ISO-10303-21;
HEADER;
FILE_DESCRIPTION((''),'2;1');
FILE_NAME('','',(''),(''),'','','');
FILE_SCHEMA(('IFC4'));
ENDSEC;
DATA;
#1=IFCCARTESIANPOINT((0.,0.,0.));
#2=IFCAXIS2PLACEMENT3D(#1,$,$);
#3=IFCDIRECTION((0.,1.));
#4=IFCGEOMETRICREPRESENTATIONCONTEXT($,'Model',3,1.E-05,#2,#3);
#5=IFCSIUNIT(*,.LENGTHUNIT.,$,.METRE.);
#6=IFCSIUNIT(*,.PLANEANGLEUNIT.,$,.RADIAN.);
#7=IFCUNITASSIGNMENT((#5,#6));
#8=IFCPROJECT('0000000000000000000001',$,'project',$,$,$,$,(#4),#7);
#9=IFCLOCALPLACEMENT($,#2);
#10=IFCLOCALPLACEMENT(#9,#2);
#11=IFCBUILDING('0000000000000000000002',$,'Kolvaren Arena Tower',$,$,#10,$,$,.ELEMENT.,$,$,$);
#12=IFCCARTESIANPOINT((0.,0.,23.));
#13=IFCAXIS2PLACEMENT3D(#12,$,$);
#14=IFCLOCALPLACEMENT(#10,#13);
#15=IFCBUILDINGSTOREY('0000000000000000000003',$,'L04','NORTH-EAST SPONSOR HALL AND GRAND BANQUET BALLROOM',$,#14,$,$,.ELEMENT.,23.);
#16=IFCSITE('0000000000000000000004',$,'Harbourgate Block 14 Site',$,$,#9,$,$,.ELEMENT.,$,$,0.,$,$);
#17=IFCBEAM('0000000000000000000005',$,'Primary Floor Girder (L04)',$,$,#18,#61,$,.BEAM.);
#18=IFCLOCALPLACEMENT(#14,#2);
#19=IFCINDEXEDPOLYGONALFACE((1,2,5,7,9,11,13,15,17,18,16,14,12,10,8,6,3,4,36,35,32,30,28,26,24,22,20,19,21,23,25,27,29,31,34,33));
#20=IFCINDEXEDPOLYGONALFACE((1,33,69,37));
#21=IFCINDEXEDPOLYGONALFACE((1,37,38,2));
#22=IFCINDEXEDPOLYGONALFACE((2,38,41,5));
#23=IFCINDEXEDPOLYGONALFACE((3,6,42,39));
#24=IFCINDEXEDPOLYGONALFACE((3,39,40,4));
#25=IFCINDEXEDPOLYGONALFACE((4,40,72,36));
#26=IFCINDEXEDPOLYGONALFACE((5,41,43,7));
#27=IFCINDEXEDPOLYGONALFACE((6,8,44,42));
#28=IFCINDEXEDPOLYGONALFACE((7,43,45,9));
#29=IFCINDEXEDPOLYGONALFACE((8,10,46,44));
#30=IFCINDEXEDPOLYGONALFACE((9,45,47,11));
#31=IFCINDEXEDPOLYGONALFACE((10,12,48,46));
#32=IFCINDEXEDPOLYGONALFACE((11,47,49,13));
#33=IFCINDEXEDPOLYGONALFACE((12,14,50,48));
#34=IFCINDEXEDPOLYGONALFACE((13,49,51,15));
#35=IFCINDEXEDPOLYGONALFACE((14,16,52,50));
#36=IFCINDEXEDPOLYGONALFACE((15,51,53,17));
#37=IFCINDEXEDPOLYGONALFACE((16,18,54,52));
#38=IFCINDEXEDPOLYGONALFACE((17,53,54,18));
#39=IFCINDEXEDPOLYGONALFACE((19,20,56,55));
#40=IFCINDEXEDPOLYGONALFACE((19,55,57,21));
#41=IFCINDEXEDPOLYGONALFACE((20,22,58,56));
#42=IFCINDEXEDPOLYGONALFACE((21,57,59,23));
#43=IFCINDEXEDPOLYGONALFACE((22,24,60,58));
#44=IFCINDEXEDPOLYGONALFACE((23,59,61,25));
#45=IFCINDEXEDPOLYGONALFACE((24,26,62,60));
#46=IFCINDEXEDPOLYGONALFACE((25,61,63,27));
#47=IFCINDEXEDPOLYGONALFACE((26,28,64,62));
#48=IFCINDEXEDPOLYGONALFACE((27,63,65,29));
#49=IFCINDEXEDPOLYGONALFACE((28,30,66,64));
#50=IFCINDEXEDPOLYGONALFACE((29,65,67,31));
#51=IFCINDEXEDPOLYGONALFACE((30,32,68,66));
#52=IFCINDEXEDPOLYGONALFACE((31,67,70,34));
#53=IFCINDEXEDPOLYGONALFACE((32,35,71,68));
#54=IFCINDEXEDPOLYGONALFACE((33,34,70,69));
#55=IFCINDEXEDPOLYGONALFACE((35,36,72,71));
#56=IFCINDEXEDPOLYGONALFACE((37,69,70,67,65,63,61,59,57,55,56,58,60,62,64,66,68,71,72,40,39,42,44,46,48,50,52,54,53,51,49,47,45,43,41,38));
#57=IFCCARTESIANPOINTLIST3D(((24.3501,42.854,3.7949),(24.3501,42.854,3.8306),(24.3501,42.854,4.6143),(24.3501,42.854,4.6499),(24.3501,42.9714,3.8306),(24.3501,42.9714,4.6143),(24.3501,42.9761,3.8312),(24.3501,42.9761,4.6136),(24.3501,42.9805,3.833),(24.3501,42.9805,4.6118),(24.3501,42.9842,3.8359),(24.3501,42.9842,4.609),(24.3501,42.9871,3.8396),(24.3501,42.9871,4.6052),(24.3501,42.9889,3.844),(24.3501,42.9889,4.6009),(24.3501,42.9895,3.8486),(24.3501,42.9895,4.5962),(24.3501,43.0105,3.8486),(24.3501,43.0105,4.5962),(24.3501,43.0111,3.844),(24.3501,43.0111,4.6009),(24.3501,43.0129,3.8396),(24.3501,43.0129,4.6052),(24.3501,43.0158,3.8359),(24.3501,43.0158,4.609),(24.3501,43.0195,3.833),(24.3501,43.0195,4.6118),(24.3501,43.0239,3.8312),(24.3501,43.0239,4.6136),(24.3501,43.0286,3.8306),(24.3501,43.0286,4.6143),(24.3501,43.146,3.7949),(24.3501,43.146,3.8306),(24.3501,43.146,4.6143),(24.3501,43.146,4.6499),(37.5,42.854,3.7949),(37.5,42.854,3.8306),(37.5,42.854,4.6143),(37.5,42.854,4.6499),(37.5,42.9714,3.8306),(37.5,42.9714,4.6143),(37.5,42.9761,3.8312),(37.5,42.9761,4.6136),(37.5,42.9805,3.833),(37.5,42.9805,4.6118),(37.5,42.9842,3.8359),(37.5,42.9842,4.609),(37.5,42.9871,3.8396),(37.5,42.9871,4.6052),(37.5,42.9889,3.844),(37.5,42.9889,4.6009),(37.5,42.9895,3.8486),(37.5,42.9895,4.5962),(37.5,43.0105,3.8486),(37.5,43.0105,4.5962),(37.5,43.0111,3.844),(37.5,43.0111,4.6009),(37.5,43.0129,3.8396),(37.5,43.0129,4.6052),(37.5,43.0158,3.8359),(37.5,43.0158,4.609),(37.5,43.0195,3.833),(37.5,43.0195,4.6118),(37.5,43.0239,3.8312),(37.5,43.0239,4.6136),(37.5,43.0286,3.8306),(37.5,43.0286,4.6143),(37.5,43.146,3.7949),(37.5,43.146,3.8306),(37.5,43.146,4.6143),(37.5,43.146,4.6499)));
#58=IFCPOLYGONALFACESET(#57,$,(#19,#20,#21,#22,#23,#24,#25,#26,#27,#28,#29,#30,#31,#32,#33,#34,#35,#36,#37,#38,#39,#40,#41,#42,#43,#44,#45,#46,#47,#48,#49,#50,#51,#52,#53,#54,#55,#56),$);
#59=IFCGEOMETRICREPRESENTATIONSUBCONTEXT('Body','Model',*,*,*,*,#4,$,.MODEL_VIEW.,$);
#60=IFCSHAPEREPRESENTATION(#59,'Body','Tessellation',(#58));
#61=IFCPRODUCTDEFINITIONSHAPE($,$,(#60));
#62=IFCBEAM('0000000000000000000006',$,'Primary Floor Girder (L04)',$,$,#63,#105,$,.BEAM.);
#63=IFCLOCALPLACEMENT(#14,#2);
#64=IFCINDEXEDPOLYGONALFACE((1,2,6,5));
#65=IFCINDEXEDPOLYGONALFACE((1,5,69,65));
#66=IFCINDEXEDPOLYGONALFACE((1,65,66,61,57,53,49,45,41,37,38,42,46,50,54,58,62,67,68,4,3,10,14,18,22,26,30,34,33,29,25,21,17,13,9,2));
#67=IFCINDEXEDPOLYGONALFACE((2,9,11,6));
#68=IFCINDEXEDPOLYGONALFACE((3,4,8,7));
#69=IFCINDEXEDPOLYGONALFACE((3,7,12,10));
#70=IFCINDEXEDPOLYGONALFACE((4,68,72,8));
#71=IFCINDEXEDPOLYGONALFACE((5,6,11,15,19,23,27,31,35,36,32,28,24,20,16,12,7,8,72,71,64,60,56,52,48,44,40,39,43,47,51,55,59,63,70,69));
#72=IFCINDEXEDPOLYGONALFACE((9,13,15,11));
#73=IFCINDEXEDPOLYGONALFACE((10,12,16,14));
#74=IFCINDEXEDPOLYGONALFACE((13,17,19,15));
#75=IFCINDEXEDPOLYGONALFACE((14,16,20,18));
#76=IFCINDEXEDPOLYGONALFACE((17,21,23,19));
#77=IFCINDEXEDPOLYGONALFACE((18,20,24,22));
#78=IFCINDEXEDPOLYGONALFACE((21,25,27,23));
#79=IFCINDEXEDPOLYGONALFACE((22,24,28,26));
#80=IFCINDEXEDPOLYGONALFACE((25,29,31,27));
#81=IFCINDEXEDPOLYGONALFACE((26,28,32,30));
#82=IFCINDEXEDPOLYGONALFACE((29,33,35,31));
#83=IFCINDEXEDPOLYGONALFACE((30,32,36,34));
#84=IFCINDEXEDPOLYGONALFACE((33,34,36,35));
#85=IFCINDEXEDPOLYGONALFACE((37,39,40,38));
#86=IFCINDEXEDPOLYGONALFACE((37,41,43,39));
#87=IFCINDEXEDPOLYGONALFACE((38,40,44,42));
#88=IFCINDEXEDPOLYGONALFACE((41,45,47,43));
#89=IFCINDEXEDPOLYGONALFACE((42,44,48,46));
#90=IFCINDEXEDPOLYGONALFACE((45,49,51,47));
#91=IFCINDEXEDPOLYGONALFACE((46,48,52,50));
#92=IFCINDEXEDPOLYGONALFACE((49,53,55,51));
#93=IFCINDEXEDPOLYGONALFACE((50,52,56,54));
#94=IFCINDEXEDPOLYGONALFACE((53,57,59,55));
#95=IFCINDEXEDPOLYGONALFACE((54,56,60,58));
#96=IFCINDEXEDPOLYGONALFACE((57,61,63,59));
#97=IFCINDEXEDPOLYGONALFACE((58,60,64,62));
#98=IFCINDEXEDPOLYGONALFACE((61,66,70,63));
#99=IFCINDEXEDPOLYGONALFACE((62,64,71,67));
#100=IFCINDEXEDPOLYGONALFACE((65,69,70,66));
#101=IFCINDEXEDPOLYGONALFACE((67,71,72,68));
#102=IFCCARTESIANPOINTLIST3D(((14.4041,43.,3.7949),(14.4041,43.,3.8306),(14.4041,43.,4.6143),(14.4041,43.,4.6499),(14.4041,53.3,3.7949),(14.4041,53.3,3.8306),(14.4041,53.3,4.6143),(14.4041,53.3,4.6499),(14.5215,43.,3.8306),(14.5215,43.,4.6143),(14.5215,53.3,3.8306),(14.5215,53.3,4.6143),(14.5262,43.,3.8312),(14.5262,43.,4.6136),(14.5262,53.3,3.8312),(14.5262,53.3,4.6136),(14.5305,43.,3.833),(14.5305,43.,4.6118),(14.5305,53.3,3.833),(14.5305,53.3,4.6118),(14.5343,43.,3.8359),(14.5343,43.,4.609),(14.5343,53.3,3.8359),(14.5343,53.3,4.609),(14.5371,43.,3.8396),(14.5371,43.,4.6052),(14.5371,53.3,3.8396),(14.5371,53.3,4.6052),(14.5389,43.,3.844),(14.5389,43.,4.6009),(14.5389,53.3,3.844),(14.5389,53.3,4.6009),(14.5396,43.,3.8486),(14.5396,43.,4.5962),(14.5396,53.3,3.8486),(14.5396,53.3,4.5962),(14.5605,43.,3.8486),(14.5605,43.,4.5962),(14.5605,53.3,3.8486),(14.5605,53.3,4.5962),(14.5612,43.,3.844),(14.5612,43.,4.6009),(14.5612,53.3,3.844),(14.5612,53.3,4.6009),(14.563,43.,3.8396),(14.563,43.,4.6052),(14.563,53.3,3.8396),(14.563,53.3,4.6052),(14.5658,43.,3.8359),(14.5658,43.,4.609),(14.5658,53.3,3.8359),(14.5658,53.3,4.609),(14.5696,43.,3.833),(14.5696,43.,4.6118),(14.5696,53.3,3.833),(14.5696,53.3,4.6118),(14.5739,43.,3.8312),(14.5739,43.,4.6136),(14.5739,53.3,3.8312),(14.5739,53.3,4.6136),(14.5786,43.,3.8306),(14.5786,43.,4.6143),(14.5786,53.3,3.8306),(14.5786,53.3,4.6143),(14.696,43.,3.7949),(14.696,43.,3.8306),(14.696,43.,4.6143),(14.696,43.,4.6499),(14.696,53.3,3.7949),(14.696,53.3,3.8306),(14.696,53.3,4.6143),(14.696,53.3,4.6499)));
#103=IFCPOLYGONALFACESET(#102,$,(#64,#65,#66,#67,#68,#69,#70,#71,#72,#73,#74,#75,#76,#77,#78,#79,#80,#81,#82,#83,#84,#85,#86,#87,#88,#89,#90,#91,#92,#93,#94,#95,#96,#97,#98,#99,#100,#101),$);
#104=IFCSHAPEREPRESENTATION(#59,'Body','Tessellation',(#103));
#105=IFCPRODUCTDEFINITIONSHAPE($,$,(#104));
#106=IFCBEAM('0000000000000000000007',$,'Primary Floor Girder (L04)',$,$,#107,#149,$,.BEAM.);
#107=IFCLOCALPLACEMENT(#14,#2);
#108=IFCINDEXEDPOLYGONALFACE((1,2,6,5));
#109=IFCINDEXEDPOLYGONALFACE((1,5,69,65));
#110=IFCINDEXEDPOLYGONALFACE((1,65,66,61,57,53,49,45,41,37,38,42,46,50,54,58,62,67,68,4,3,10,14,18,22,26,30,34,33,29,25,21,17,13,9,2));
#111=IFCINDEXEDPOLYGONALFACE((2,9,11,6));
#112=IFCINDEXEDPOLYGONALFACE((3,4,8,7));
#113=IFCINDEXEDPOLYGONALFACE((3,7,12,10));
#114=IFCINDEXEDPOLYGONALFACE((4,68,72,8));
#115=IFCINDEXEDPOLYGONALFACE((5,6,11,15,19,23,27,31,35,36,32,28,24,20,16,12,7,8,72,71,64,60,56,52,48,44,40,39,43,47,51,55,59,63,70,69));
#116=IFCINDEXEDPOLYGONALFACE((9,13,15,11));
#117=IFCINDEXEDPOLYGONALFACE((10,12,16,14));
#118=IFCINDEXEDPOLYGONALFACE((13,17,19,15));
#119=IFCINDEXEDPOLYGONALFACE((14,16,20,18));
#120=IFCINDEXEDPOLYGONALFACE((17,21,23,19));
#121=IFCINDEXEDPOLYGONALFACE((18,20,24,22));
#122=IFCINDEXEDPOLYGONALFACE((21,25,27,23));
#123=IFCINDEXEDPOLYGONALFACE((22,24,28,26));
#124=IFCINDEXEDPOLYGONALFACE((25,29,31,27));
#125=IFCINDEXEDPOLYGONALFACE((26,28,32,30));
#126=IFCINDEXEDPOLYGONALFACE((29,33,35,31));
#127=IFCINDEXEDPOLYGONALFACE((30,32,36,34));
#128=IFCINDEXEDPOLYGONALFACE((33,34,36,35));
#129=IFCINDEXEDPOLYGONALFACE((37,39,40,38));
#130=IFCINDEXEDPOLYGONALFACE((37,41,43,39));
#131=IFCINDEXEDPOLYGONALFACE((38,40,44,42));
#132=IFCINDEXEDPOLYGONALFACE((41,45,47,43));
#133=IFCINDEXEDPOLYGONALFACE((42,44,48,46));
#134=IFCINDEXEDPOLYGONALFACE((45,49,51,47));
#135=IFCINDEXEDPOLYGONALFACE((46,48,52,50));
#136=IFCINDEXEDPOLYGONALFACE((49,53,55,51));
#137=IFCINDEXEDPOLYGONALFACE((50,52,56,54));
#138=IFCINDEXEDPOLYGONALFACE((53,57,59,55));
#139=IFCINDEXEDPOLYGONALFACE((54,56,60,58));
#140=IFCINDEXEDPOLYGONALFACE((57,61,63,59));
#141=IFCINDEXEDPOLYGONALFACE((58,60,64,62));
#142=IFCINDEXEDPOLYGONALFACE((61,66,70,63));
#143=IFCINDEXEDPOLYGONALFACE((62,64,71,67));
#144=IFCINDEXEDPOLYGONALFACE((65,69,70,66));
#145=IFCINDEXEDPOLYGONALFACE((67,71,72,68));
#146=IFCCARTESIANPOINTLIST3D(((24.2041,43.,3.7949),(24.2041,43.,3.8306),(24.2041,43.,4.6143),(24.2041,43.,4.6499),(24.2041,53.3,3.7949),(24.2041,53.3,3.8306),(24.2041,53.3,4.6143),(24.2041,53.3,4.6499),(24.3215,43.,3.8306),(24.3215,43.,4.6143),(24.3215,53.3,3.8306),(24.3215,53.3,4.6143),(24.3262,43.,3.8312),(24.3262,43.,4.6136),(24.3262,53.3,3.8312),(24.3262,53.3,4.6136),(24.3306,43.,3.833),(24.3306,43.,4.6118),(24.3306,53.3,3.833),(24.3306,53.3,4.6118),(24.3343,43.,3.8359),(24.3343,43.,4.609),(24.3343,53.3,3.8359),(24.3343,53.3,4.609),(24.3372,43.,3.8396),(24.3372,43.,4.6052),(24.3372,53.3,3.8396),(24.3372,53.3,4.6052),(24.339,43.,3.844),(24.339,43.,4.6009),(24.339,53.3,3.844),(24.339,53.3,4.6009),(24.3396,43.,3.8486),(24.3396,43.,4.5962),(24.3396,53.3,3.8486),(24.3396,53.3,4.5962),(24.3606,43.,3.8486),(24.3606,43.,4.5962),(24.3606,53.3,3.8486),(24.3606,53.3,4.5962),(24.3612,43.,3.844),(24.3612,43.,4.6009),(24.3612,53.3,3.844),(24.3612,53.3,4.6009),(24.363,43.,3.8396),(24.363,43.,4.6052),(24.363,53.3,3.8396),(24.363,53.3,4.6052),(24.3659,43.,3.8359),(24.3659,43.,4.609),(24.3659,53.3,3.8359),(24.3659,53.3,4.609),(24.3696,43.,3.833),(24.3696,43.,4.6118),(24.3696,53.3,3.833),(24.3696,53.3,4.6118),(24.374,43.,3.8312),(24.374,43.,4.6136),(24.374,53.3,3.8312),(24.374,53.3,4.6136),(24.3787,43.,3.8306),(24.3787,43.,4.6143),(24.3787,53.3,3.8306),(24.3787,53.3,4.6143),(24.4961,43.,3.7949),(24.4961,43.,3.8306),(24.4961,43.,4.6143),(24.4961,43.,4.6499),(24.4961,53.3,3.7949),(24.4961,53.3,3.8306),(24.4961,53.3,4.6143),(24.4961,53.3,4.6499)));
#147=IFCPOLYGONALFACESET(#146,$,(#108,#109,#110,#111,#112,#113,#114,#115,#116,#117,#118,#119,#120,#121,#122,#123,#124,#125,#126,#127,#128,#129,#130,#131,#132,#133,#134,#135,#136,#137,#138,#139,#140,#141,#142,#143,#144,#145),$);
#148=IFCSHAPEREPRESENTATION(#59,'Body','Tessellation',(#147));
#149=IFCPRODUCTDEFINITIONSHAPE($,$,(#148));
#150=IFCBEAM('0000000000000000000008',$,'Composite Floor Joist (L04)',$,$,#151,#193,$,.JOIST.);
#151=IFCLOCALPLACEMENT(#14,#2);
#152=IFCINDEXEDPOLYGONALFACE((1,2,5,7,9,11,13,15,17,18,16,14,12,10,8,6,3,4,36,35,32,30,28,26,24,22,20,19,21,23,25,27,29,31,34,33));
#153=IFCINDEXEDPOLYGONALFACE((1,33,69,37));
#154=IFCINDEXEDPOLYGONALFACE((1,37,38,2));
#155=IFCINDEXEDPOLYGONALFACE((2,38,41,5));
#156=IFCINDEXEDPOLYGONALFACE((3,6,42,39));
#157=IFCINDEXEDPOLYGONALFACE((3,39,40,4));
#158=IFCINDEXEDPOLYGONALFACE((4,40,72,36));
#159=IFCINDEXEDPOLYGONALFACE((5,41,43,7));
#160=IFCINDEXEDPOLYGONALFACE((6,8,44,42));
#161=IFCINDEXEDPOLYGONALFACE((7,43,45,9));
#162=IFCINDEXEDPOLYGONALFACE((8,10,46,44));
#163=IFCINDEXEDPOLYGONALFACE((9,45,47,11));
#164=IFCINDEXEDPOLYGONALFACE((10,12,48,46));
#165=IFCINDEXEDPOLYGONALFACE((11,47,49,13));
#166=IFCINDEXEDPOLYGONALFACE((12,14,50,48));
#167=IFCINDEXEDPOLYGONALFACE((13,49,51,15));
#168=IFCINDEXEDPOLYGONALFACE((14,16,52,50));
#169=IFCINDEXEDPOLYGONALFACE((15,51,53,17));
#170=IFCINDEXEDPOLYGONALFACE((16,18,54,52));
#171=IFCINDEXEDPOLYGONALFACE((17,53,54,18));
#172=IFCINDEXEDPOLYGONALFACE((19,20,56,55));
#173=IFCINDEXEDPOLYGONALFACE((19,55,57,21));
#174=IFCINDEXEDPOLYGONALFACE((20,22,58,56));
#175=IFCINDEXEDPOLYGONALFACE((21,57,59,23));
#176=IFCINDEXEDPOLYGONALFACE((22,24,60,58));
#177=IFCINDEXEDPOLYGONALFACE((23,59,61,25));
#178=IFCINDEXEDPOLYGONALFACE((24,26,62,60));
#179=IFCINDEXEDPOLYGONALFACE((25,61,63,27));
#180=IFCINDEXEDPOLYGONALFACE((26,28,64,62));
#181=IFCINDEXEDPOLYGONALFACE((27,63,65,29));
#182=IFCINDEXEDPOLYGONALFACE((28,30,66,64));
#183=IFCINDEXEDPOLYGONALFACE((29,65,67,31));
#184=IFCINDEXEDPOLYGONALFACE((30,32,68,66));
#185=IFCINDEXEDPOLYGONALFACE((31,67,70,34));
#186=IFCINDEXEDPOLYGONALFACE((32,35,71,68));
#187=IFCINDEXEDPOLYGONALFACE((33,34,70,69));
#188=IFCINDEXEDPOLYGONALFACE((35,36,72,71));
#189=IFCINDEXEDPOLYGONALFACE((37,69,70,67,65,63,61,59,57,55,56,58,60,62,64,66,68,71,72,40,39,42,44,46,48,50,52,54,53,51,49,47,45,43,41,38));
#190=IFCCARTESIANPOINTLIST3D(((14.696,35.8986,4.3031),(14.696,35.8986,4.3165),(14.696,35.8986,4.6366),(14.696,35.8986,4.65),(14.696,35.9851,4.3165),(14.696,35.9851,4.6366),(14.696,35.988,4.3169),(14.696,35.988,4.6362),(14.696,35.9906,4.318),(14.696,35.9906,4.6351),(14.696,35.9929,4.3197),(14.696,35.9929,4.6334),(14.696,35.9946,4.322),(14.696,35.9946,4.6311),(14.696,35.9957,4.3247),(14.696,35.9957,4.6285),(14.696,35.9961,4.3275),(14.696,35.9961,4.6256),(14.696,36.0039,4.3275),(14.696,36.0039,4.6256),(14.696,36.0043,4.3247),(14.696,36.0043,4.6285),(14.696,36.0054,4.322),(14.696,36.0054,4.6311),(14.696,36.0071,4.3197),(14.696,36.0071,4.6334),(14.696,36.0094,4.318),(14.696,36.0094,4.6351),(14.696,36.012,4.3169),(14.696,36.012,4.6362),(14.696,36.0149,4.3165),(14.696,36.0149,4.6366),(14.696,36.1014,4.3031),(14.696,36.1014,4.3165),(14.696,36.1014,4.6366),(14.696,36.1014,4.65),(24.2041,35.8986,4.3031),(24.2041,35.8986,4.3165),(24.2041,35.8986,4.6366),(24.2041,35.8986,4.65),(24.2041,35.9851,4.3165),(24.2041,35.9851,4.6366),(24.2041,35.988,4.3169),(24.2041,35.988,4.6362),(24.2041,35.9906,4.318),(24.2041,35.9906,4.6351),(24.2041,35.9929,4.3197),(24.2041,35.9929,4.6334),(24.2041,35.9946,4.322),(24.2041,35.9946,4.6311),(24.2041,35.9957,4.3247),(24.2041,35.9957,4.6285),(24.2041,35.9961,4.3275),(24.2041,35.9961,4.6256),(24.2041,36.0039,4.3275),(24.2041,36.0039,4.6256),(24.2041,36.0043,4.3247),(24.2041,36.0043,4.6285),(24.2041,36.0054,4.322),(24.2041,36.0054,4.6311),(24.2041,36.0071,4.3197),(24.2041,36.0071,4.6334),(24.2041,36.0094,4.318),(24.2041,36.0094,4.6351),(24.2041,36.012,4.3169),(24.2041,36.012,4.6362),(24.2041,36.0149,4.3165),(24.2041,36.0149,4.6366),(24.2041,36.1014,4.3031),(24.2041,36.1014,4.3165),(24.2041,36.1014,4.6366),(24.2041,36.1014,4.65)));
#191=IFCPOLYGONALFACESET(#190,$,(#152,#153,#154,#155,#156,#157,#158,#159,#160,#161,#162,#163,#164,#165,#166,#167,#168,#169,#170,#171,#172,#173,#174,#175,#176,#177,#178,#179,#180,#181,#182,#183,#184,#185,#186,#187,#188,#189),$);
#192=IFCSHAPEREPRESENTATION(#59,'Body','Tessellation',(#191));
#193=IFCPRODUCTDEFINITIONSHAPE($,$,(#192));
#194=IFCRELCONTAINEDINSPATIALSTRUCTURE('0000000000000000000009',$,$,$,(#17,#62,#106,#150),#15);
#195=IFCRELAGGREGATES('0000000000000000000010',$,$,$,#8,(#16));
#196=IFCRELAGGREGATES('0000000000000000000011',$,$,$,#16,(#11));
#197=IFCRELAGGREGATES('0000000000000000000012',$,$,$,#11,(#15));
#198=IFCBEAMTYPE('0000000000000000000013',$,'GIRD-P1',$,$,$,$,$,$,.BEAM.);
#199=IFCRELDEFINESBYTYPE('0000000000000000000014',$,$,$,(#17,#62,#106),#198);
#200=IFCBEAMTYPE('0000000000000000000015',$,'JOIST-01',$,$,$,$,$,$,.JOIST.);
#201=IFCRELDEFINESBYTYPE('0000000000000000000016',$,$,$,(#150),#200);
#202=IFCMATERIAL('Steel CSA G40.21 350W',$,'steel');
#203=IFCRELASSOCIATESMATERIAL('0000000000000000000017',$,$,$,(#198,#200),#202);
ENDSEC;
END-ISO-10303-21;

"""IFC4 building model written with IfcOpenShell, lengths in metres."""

from ifc_helpers import new_model, si_unit, direction, frame, origin, origin_2d, place, context, subcontext, project, spatial, i_section, extrude, material, material_profile, profile_set, type_object, element, save


model = new_model("IFC4")

# Units and contexts
model_context = context("Model", 3, precision=1e-05, world=origin(), true_north=direction((0.0, 1.0)))
body_context = subcontext(model_context, "Body", "Model", "MODEL_VIEW")
ifc_project = project(units=[si_unit("LENGTHUNIT", "METRE"), si_unit("PLANEANGLEUNIT", "RADIAN")], contexts=[model_context])

# Site, building, storey
site_placement = place(None, origin())
site = spatial("IfcSite", under=ifc_project, at=site_placement, Name="Harbourgate Block 14 Site", CompositionType="ELEMENT", RefElevation=0.0)
building_placement = place(site_placement, origin())
building = spatial("IfcBuilding", under=site, at=building_placement, Name="Kolvaren Arena Tower", CompositionType="ELEMENT")
storey_placement = place(building_placement, frame((0.0, 0.0, 23.0)))
storey = spatial("IfcBuildingStorey", under=building, at=storey_placement, Name="L04", Description="NORTH-EAST SPONSOR HALL AND GRAND BANQUET BALLROOM", CompositionType="ELEMENT", Elevation=23.0)

# Beams
ifc_material_1 = material(Name="Steel CSA G40.21 350W", Category="steel")
ifc_material_profile_1 = material_profile(ifc_material_1, i_section(OverallWidth=0.292, OverallDepth=0.855, WebThickness=0.021, FlangeThickness=0.0356, FilletRadius=0.0181, at=origin_2d()), Name="W840x299")
ifc_profile_set_1 = profile_set([ifc_material_profile_1], Name="Steel CSA G40.21 350W")
beam_type_1 = type_object("IfcBeamType", Name="GIRD-P1", PredefinedType="BEAM", material=ifc_profile_set_1)
beam_1_placement = place(storey_placement, frame((24.3501, 43.0, 4.2224), z_axis=(1.0, 0.0, 0.0), x_axis=(0.0, 1.0, 0.0)))
element("IfcBeam", 1, at=beam_1_placement, inside=storey, type_object=beam_type_1, Name="Primary Floor Girder (L04)", PredefinedType="BEAM", context=body_context, shape_type="SweptSolid", body=[
    extrude(i_section(OverallWidth=0.292, OverallDepth=0.855, WebThickness=0.021, FlangeThickness=0.0356, FilletRadius=0.0181, at=origin_2d()), origin(), (0.0, 0.0, 1.0), 13.1499),
])
for number, where, z_axis, x_axis, name in (
    (2, (14.55, 43.0, 4.2224), (0.0, 1.0, 0.0), (-1.0, 0.0, 0.0), "Primary Floor Girder (L04)"),
    (3, (24.3501, 43.0, 4.2224), (0.0, 1.0, 0.0), (-1.0, 0.0, 0.0), "Primary Floor Girder (L04)"),
):
    element("IfcBeam", number, at=place(storey_placement, frame(where, z_axis=z_axis, x_axis=x_axis)), inside=storey, type_object=beam_type_1, Name=name, PredefinedType="BEAM", context=body_context, shape_type="SweptSolid", body=[
        extrude(i_section(OverallWidth=0.292, OverallDepth=0.855, WebThickness=0.021, FlangeThickness=0.0356, FilletRadius=0.0181, at=origin_2d()), origin(), (0.0, 0.0, 1.0), 10.3),
    ])
ifc_material_profile_2 = material_profile(ifc_material_1, i_section(OverallWidth=0.2029, OverallDepth=0.3469, WebThickness=0.0078, FlangeThickness=0.0134, FilletRadius=0.011, at=origin_2d()), Name="W360x64")
ifc_profile_set_2 = profile_set([ifc_material_profile_2], Name="Steel CSA G40.21 350W")
beam_type_2 = type_object("IfcBeamType", Name="JOIST-01", PredefinedType="JOIST", material=ifc_profile_set_2)
for number, where, z_axis, x_axis, name in (
    (4, (14.696, 36.0, 4.4766), (1.0, 0.0, 0.0), (0.0, 1.0, 0.0), "Composite Floor Joist (L04)"),
):
    element("IfcBeam", number, at=place(storey_placement, frame(where, z_axis=z_axis, x_axis=x_axis)), inside=storey, type_object=beam_type_2, Name=name, PredefinedType="JOIST", context=body_context, shape_type="SweptSolid", body=[
        extrude(i_section(OverallWidth=0.2029, OverallDepth=0.3469, WebThickness=0.0078, FlangeThickness=0.0134, FilletRadius=0.011, at=origin_2d()), origin(), (0.0, 0.0, 1.0), 9.5081),
    ])

save(model, "model.ifc")
